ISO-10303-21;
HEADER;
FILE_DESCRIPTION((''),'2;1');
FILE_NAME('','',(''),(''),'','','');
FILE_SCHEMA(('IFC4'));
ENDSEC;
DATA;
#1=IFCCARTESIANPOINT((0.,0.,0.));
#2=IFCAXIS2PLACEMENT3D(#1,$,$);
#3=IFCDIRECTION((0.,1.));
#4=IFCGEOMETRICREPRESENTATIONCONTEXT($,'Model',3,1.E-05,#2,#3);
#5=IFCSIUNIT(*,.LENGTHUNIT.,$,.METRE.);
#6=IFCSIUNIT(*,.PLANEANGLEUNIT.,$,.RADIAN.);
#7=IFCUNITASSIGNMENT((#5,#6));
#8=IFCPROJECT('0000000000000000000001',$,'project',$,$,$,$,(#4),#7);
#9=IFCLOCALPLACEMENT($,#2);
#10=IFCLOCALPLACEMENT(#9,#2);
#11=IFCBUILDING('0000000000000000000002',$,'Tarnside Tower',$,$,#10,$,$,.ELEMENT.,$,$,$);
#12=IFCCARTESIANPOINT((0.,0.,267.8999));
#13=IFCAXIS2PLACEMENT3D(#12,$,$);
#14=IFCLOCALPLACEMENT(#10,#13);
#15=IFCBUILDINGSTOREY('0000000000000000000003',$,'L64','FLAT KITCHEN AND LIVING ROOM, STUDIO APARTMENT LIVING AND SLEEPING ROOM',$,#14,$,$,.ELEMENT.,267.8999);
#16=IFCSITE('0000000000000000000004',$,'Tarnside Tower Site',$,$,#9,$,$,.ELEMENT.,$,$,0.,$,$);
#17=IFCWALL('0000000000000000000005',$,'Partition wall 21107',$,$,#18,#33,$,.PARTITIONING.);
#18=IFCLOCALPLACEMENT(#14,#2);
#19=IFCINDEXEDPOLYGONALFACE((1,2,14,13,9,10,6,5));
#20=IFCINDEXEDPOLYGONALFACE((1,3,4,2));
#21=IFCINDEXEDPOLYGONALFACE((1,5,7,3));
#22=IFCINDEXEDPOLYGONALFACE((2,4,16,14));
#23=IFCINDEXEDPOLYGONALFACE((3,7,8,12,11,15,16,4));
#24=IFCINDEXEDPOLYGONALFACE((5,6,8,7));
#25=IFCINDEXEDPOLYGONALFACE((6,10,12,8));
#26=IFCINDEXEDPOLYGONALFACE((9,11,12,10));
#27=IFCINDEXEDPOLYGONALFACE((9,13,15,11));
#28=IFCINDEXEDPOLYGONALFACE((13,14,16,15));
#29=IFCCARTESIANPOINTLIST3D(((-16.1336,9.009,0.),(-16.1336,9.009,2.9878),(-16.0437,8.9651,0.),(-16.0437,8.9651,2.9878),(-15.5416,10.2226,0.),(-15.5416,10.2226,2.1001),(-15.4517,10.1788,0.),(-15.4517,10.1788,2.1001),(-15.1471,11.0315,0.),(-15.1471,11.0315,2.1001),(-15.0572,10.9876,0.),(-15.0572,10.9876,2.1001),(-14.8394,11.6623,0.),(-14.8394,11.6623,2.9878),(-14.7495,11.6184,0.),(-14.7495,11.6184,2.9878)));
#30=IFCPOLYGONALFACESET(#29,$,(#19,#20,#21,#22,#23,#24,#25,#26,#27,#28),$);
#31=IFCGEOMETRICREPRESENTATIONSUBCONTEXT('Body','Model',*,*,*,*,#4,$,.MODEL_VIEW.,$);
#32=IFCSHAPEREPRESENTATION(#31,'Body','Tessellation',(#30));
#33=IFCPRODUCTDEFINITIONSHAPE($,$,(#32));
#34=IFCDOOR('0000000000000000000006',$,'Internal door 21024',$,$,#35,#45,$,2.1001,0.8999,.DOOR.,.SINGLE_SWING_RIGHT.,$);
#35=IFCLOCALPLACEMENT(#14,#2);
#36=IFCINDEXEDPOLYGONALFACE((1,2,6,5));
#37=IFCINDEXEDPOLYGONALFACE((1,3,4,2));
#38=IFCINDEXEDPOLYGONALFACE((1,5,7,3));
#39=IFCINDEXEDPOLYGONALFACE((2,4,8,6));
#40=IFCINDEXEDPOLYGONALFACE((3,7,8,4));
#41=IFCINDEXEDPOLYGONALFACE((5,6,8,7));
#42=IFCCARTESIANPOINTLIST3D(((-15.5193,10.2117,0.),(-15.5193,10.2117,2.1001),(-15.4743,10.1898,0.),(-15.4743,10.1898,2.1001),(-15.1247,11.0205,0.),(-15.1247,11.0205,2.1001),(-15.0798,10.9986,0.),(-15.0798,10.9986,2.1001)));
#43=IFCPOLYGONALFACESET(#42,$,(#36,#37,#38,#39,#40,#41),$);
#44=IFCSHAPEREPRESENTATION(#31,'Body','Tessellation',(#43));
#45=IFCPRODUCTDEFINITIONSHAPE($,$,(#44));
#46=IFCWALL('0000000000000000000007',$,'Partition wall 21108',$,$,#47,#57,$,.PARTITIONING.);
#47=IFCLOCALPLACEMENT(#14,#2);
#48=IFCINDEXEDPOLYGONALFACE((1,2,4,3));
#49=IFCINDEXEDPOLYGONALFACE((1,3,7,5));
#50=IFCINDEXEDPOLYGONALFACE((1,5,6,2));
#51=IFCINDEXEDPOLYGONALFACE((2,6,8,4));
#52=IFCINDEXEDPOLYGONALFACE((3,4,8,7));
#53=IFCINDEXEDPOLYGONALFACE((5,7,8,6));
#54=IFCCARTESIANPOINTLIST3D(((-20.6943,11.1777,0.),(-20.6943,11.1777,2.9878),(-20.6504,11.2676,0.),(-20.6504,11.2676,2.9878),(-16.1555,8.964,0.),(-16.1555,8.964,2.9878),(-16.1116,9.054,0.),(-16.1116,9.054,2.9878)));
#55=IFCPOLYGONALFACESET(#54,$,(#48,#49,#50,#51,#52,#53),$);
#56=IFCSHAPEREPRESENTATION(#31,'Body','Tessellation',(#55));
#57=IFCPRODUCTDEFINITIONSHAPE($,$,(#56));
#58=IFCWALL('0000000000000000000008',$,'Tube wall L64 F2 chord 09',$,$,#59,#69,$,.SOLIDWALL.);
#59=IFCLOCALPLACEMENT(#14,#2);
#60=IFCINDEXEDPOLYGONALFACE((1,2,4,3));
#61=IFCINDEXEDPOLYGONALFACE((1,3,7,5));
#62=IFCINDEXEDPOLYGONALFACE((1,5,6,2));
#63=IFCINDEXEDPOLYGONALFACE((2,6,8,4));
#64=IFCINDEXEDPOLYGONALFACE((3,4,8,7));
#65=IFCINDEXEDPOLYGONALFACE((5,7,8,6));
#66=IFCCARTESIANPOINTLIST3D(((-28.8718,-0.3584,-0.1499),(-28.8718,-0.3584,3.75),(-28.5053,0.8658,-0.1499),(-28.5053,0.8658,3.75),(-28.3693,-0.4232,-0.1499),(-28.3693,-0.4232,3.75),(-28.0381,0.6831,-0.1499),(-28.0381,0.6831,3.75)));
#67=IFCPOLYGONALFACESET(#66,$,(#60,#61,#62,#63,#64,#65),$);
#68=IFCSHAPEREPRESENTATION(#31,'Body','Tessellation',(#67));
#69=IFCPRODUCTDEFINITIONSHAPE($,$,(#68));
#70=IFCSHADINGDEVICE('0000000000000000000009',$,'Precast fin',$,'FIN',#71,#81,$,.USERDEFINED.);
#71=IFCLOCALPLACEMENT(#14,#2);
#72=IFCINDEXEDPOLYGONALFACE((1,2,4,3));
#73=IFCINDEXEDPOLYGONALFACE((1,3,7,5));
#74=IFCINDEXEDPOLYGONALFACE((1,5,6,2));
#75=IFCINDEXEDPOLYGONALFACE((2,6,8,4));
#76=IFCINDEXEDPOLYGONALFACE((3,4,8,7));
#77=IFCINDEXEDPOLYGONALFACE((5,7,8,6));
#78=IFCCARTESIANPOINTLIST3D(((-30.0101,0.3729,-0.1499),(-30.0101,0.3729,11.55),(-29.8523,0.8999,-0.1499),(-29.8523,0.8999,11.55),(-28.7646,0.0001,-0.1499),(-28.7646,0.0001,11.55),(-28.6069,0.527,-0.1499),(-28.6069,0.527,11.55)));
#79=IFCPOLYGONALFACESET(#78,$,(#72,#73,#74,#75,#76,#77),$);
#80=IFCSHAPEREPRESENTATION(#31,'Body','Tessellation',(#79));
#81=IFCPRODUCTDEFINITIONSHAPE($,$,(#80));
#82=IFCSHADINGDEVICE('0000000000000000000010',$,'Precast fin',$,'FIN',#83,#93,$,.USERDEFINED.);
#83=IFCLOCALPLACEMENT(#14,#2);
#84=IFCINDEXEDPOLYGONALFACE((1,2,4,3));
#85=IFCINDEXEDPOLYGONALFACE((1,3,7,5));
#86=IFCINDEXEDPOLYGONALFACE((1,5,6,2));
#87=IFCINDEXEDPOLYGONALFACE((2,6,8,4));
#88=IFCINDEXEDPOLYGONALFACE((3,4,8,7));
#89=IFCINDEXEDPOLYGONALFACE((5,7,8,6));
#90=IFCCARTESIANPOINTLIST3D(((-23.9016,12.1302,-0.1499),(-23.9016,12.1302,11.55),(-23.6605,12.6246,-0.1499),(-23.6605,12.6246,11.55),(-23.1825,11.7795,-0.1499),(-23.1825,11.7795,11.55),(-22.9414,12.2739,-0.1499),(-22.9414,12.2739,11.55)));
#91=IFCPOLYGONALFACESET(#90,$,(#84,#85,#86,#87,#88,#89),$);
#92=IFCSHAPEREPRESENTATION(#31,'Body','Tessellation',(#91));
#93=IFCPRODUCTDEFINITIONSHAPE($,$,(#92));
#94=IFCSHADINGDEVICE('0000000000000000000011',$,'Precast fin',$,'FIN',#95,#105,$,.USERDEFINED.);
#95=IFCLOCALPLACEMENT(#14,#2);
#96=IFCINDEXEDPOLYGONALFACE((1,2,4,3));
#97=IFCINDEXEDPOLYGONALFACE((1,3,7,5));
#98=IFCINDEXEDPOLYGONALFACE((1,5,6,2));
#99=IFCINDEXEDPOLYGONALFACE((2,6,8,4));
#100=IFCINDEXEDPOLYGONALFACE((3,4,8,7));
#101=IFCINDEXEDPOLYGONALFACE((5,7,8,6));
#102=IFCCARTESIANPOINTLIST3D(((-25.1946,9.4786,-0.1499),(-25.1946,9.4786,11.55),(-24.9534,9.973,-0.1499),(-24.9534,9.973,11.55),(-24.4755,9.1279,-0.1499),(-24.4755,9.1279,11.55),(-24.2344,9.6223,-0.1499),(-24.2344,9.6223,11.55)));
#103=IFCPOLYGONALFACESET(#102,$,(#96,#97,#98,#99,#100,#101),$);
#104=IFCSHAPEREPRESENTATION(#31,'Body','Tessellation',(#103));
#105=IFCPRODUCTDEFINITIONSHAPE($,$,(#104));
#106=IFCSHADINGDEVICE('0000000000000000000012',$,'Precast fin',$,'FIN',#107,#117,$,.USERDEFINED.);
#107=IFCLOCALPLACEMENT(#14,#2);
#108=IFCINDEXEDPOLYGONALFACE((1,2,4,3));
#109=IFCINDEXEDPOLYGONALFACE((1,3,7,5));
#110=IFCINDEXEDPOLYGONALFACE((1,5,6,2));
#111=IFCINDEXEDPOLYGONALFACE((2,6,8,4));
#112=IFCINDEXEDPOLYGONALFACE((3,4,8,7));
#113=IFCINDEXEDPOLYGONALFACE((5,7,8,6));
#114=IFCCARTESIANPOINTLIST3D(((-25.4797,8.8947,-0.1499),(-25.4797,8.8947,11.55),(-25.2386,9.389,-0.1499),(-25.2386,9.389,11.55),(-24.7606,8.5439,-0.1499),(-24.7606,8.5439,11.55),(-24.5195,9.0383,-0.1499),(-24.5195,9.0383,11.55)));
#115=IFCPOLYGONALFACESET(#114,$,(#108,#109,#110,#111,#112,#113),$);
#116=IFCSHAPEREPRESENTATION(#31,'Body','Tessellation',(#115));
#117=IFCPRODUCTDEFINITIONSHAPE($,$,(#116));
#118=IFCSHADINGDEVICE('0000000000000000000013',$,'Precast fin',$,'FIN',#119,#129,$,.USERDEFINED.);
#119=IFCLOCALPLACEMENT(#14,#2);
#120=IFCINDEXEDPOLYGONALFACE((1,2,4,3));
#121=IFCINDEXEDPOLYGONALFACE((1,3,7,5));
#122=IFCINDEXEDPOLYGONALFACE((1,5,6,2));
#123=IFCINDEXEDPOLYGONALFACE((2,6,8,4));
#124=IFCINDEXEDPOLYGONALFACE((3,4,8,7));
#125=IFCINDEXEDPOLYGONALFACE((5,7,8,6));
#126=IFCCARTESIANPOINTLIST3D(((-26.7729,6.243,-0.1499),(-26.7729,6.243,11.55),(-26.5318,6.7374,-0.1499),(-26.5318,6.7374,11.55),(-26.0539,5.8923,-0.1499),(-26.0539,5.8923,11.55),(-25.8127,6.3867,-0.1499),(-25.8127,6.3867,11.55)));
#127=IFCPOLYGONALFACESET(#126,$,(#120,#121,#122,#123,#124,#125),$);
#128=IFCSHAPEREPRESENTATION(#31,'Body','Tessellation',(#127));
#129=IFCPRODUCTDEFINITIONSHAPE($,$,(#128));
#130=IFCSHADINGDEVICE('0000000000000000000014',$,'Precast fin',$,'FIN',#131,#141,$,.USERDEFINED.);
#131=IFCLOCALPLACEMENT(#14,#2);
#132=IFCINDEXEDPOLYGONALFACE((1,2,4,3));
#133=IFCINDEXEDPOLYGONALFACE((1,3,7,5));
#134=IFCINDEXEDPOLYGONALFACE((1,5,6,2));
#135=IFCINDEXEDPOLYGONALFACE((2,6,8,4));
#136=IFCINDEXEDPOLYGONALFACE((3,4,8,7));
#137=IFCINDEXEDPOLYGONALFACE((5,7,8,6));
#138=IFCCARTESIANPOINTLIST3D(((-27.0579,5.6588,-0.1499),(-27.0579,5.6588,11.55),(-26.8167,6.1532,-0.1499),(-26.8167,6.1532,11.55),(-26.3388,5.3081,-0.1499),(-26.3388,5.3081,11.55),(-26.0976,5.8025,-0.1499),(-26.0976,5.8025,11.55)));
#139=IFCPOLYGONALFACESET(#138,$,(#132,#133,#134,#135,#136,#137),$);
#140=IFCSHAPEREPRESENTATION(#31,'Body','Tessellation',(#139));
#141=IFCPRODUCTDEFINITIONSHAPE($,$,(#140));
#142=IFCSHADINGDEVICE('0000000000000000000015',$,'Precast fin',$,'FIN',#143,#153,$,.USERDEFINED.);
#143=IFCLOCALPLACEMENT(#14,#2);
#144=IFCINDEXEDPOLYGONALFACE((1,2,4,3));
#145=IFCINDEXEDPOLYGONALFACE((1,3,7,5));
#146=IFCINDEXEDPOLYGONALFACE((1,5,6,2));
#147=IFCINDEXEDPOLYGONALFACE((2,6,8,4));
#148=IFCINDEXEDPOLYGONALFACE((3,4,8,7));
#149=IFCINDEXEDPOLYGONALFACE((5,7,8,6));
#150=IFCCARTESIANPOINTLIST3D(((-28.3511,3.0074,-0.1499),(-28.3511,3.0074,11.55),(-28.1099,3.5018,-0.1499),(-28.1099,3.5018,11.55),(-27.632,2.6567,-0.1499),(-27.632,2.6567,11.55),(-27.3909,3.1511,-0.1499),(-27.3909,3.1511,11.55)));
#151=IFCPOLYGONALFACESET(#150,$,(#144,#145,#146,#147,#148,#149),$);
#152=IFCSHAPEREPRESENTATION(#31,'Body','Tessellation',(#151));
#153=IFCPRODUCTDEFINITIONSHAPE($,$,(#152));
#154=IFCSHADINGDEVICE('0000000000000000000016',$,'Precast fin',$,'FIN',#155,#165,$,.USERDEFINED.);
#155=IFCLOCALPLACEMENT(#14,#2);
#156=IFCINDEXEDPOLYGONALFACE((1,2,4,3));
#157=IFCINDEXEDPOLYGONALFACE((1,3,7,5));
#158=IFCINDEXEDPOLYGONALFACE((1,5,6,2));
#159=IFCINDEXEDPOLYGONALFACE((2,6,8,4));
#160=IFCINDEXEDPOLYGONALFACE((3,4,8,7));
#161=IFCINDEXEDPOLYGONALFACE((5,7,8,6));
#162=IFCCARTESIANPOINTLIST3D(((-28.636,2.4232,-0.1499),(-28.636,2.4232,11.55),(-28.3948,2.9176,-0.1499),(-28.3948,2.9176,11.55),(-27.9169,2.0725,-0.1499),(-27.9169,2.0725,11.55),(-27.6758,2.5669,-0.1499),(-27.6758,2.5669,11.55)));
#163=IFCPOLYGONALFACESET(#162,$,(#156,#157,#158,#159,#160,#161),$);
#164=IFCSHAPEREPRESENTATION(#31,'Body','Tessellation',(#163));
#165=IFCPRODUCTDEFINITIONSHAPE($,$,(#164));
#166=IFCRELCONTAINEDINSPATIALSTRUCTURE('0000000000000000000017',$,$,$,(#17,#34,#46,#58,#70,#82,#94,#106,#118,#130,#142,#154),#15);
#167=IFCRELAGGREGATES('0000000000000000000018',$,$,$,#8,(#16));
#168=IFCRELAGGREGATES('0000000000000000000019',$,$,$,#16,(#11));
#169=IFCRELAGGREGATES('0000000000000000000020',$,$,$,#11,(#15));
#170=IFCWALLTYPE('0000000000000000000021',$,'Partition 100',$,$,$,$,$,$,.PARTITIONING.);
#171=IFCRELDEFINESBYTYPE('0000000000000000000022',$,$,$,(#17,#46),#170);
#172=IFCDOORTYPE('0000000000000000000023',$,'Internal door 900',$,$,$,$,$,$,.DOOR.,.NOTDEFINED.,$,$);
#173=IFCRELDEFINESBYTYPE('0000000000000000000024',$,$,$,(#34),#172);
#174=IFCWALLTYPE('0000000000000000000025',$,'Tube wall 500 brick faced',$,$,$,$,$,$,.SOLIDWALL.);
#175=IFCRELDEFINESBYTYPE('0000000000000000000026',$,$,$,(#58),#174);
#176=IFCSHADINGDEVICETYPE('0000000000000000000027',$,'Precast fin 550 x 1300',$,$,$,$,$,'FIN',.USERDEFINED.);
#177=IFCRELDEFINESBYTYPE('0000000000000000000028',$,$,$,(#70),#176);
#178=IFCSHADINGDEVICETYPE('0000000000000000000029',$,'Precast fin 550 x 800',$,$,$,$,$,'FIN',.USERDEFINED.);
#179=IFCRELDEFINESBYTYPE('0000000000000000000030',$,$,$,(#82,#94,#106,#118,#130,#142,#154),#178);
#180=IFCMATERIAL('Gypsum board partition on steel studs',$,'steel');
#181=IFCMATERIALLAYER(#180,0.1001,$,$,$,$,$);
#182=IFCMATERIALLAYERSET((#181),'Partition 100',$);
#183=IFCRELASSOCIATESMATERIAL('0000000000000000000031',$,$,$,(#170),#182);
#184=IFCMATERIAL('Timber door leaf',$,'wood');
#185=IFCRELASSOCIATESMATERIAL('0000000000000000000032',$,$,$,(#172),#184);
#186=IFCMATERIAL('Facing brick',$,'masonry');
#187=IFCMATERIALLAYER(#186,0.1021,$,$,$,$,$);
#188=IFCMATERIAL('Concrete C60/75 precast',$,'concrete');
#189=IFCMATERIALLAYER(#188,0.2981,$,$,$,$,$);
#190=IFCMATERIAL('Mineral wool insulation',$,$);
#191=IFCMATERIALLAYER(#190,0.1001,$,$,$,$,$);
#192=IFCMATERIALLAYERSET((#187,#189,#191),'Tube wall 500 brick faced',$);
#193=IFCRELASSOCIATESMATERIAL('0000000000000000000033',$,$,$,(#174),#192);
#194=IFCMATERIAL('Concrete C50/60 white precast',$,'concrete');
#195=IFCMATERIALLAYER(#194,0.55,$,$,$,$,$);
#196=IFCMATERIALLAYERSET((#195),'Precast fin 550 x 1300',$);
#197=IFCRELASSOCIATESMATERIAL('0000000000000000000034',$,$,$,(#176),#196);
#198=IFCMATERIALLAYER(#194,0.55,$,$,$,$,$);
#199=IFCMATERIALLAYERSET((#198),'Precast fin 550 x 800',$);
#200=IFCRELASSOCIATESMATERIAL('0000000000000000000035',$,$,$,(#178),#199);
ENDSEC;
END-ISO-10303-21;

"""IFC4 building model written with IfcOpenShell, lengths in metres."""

from ifc_helpers import new_model, si_unit, direction, frame, frame_2d, origin, place, context, subcontext, project, spatial, polyline, rectangle, outline, extrude, material, layer, layer_set, type_object, element, fill, save


model = new_model("IFC4")

# Units and contexts
model_context = context("Model", 3, precision=1e-05, world=origin(), true_north=direction((0.0, 1.0)))
body_context = subcontext(model_context, "Body", "Model", "MODEL_VIEW")
ifc_project = project(units=[si_unit("LENGTHUNIT", "METRE"), si_unit("PLANEANGLEUNIT", "RADIAN")], contexts=[model_context])

# Site, building, storey
site_placement = place(None, origin())
site = spatial("IfcSite", under=ifc_project, at=site_placement, Name="Tarnside Tower Site", CompositionType="ELEMENT", RefElevation=0.0)
building_placement = place(site_placement, origin())
building = spatial("IfcBuilding", under=site, at=building_placement, Name="Tarnside Tower", CompositionType="ELEMENT")
storey_placement = place(building_placement, frame((0.0, 0.0, 267.8999)))
storey = spatial("IfcBuildingStorey", under=building, at=storey_placement, Name="L64", Description="FLAT KITCHEN AND LIVING ROOM, STUDIO APARTMENT LIVING AND SLEEPING ROOM", CompositionType="ELEMENT", Elevation=267.8999)

# Shared definitions
ifc_material_1 = material(Name="Gypsum board partition on steel studs", Category="steel")

# Shared definitions
ifc_material_2 = material(Name="Timber door leaf", Category="wood")

# Shared definitions
ifc_material_3 = material(Name="Concrete C60/75 precast", Category="concrete")
ifc_material_4 = material(Name="Mineral wool insulation")

# Wall, opening, door
ifc_layer_1 = layer(ifc_material_1, 0.1001)
ifc_layer_set_1 = layer_set([ifc_layer_1], Name="Partition 100")
wall_type_1 = type_object("IfcWallType", Name="Partition 100", PredefinedType="PARTITIONING", material=ifc_layer_set_1)
wall_1_placement = place(storey_placement, frame((-14.7944, 11.6404, 0.0), z_axis=(0.0, 0.0, 1.0), x_axis=(-0.438393, -0.898784, 0.0)))
wall_1 = element("IfcWall", 1, at=wall_1_placement, inside=storey, type_object=wall_type_1, Name="Partition wall 21107", PredefinedType="PARTITIONING", context=body_context, shape_type="SweptSolid", body=[
    extrude(rectangle(XDim=2.9521, YDim=0.1001, at=frame_2d((1.4761, 0.0))), origin(), (0.0, 0.0, 1.0), 2.9878),
])
opening_1_placement = place(wall_1_placement, frame((0.7019, 0.0, 0.0)))
opening_1 = element("IfcOpeningElement", 2, at=opening_1_placement, cuts=wall_1, PredefinedType="OPENING", context=body_context, shape_type="SweptSolid", body=[
    extrude(rectangle(XDim=0.8999, YDim=2.1001, at=frame_2d((0.45, 1.05))), frame((0.0, 0.0601, 0.0), z_axis=(0.0, -1.0, 0.0), x_axis=(1.0, 0.0, 0.0)), (0.0, 0.0, 1.0), 0.1201),
])
door_type_1 = type_object("IfcDoorType", Name="Internal door 900", OperationType="NOTDEFINED", PredefinedType="DOOR", material=ifc_material_2)
door_1_placement = place(opening_1_placement, origin())
door_1 = element("IfcDoor", 3, at=door_1_placement, inside=storey, type_object=door_type_1, Name="Internal door 21024", OperationType="SINGLE_SWING_RIGHT", OverallHeight=2.1001, OverallWidth=0.8999, PredefinedType="DOOR", context=body_context, shape_type="SweptSolid", body=[
    extrude(rectangle(XDim=0.8999, YDim=2.1001, at=frame_2d((0.45, 1.05))), frame((0.0, 0.0249, 0.0), z_axis=(0.0, -1.0, 0.0), x_axis=(1.0, 0.0, 0.0)), (0.0, 0.0, 1.0), 0.05),
])
fill(opening_1, door_1)

# Walls
wall_2_placement = place(storey_placement, frame((-16.1335, 9.009, 0.0), z_axis=(0.0, 0.0, 1.0), x_axis=(-0.898802, 0.438354, 0.0)))
element("IfcWall", 4, at=wall_2_placement, inside=storey, type_object=wall_type_1, Name="Partition wall 21108", PredefinedType="PARTITIONING", context=body_context, shape_type="SweptSolid", body=[
    extrude(rectangle(XDim=5.0498, YDim=0.1001, at=frame_2d((2.5249, 0.0))), origin(), (0.0, 0.0, 1.0), 2.9878),
])
ifc_material_5 = material(Name="Facing brick", Category="masonry")
ifc_layer_2 = layer(ifc_material_5, 0.1021)
ifc_layer_3 = layer(ifc_material_3, 0.2981)
ifc_layer_4 = layer(ifc_material_4, 0.1001)
ifc_layer_set_2 = layer_set([ifc_layer_2, ifc_layer_3, ifc_layer_4], Name="Tube wall 500 brick faced")
wall_type_2 = type_object("IfcWallType", Name="Tube wall 500 brick faced", PredefinedType="SOLIDWALL", material=ifc_layer_set_2)
wall_3_placement = place(storey_placement, frame((-28.2717, 0.7744, -0.1499), z_axis=(0.0, 0.0, 1.0), x_axis=(-0.286814, -0.957986, 0.0)))
element("IfcWall", 5, at=wall_3_placement, inside=storey, type_object=wall_type_2, Name="Tube wall L64 F2 chord 09", PredefinedType="SOLIDWALL", context=body_context, shape_type="SweptSolid", body=[
    extrude(outline(polyline([(-0.0205, -0.25), (1.2573, -0.25), (1.1753, 0.25), (0.0205, 0.25), (-0.0205, -0.25)])), origin(), (0.0, 0.0, 1.0), 3.8999),
])

# Shading devices
ifc_material_6 = material(Name="Concrete C50/60 white precast", Category="concrete")
ifc_layer_5 = layer(ifc_material_6, 0.55)
ifc_layer_set_3 = layer_set([ifc_layer_5], Name="Precast fin 550 x 1300")
shading_device_type_1 = type_object("IfcShadingDeviceType", Name="Precast fin 550 x 1300", ElementType="FIN", PredefinedType="USERDEFINED", material=ifc_layer_set_3)
shading_device_placement = place(storey_placement, frame((-28.6858, 0.2634, -0.1499), z_axis=(0.286803, 0.95799, 0.0), x_axis=(-0.95799, 0.286803, 0.0)))
element("IfcShadingDevice", 6, at=shading_device_placement, inside=storey, type_object=shading_device_type_1, Name="Precast fin", ObjectType="FIN", PredefinedType="USERDEFINED", context=body_context, shape_type="SweptSolid", body=[
    extrude(outline(polyline([(0.0, 0.0), (1.3, 0.0), (1.3, 11.7), (0.0, 11.7), (0.0, 0.0)])), frame((0.0, 0.0, -0.2749)), (0.0, 0.0, 1.0), 0.55),
])
ifc_layer_6 = layer(ifc_material_6, 0.55)
ifc_layer_set_4 = layer_set([ifc_layer_6], Name="Precast fin 550 x 800")
shading_device_type_2 = type_object("IfcShadingDeviceType", Name="Precast fin 550 x 800", ElementType="FIN", PredefinedType="USERDEFINED", material=ifc_layer_set_4)
for number, where, z_axis, x_axis, name in (
    (7, (-23.062, 12.0266, -0.1499), (0.438371, 0.898794, 0.0), (-0.898794, 0.438371, 0.0), "Precast fin"),
    (8, (-24.355, 9.375, -0.1499), (0.438371, 0.898794, 0.0), (-0.898794, 0.438371, 0.0), "Precast fin"),
    (9, (-24.6401, 8.791, -0.1499), (0.438371, 0.898794, 0.0), (-0.898794, 0.438371, 0.0), "Precast fin"),
    (10, (-25.9333, 6.1394, -0.1499), (0.438371, 0.898794, 0.0), (-0.898794, 0.438371, 0.0), "Precast fin"),
    (11, (-26.2183, 5.5552, -0.1499), (0.438371, 0.898794, 0.0), (-0.898794, 0.438371, 0.0), "Precast fin"),
    (12, (-27.5115, 2.9038, -0.1499), (0.438371, 0.898794, 0.0), (-0.898794, 0.438371, 0.0), "Precast fin"),
    (13, (-27.7964, 2.3196, -0.1499), (0.438371, 0.898794, 0.0), (-0.898794, 0.438371, 0.0), "Precast fin"),
):
    element("IfcShadingDevice", number, at=place(storey_placement, frame(where, z_axis=z_axis, x_axis=x_axis)), inside=storey, type_object=shading_device_type_2, Name=name, ObjectType="FIN", PredefinedType="USERDEFINED", context=body_context, shape_type="SweptSolid", body=[
        extrude(outline(polyline([(0.0, 0.0), (0.8, 0.0), (0.8, 11.7), (0.0, 11.7), (0.0, 0.0)])), frame((0.0, 0.0, -0.2749)), (0.0, 0.0, 1.0), 0.55),
    ])

save(model, "model.ifc")
